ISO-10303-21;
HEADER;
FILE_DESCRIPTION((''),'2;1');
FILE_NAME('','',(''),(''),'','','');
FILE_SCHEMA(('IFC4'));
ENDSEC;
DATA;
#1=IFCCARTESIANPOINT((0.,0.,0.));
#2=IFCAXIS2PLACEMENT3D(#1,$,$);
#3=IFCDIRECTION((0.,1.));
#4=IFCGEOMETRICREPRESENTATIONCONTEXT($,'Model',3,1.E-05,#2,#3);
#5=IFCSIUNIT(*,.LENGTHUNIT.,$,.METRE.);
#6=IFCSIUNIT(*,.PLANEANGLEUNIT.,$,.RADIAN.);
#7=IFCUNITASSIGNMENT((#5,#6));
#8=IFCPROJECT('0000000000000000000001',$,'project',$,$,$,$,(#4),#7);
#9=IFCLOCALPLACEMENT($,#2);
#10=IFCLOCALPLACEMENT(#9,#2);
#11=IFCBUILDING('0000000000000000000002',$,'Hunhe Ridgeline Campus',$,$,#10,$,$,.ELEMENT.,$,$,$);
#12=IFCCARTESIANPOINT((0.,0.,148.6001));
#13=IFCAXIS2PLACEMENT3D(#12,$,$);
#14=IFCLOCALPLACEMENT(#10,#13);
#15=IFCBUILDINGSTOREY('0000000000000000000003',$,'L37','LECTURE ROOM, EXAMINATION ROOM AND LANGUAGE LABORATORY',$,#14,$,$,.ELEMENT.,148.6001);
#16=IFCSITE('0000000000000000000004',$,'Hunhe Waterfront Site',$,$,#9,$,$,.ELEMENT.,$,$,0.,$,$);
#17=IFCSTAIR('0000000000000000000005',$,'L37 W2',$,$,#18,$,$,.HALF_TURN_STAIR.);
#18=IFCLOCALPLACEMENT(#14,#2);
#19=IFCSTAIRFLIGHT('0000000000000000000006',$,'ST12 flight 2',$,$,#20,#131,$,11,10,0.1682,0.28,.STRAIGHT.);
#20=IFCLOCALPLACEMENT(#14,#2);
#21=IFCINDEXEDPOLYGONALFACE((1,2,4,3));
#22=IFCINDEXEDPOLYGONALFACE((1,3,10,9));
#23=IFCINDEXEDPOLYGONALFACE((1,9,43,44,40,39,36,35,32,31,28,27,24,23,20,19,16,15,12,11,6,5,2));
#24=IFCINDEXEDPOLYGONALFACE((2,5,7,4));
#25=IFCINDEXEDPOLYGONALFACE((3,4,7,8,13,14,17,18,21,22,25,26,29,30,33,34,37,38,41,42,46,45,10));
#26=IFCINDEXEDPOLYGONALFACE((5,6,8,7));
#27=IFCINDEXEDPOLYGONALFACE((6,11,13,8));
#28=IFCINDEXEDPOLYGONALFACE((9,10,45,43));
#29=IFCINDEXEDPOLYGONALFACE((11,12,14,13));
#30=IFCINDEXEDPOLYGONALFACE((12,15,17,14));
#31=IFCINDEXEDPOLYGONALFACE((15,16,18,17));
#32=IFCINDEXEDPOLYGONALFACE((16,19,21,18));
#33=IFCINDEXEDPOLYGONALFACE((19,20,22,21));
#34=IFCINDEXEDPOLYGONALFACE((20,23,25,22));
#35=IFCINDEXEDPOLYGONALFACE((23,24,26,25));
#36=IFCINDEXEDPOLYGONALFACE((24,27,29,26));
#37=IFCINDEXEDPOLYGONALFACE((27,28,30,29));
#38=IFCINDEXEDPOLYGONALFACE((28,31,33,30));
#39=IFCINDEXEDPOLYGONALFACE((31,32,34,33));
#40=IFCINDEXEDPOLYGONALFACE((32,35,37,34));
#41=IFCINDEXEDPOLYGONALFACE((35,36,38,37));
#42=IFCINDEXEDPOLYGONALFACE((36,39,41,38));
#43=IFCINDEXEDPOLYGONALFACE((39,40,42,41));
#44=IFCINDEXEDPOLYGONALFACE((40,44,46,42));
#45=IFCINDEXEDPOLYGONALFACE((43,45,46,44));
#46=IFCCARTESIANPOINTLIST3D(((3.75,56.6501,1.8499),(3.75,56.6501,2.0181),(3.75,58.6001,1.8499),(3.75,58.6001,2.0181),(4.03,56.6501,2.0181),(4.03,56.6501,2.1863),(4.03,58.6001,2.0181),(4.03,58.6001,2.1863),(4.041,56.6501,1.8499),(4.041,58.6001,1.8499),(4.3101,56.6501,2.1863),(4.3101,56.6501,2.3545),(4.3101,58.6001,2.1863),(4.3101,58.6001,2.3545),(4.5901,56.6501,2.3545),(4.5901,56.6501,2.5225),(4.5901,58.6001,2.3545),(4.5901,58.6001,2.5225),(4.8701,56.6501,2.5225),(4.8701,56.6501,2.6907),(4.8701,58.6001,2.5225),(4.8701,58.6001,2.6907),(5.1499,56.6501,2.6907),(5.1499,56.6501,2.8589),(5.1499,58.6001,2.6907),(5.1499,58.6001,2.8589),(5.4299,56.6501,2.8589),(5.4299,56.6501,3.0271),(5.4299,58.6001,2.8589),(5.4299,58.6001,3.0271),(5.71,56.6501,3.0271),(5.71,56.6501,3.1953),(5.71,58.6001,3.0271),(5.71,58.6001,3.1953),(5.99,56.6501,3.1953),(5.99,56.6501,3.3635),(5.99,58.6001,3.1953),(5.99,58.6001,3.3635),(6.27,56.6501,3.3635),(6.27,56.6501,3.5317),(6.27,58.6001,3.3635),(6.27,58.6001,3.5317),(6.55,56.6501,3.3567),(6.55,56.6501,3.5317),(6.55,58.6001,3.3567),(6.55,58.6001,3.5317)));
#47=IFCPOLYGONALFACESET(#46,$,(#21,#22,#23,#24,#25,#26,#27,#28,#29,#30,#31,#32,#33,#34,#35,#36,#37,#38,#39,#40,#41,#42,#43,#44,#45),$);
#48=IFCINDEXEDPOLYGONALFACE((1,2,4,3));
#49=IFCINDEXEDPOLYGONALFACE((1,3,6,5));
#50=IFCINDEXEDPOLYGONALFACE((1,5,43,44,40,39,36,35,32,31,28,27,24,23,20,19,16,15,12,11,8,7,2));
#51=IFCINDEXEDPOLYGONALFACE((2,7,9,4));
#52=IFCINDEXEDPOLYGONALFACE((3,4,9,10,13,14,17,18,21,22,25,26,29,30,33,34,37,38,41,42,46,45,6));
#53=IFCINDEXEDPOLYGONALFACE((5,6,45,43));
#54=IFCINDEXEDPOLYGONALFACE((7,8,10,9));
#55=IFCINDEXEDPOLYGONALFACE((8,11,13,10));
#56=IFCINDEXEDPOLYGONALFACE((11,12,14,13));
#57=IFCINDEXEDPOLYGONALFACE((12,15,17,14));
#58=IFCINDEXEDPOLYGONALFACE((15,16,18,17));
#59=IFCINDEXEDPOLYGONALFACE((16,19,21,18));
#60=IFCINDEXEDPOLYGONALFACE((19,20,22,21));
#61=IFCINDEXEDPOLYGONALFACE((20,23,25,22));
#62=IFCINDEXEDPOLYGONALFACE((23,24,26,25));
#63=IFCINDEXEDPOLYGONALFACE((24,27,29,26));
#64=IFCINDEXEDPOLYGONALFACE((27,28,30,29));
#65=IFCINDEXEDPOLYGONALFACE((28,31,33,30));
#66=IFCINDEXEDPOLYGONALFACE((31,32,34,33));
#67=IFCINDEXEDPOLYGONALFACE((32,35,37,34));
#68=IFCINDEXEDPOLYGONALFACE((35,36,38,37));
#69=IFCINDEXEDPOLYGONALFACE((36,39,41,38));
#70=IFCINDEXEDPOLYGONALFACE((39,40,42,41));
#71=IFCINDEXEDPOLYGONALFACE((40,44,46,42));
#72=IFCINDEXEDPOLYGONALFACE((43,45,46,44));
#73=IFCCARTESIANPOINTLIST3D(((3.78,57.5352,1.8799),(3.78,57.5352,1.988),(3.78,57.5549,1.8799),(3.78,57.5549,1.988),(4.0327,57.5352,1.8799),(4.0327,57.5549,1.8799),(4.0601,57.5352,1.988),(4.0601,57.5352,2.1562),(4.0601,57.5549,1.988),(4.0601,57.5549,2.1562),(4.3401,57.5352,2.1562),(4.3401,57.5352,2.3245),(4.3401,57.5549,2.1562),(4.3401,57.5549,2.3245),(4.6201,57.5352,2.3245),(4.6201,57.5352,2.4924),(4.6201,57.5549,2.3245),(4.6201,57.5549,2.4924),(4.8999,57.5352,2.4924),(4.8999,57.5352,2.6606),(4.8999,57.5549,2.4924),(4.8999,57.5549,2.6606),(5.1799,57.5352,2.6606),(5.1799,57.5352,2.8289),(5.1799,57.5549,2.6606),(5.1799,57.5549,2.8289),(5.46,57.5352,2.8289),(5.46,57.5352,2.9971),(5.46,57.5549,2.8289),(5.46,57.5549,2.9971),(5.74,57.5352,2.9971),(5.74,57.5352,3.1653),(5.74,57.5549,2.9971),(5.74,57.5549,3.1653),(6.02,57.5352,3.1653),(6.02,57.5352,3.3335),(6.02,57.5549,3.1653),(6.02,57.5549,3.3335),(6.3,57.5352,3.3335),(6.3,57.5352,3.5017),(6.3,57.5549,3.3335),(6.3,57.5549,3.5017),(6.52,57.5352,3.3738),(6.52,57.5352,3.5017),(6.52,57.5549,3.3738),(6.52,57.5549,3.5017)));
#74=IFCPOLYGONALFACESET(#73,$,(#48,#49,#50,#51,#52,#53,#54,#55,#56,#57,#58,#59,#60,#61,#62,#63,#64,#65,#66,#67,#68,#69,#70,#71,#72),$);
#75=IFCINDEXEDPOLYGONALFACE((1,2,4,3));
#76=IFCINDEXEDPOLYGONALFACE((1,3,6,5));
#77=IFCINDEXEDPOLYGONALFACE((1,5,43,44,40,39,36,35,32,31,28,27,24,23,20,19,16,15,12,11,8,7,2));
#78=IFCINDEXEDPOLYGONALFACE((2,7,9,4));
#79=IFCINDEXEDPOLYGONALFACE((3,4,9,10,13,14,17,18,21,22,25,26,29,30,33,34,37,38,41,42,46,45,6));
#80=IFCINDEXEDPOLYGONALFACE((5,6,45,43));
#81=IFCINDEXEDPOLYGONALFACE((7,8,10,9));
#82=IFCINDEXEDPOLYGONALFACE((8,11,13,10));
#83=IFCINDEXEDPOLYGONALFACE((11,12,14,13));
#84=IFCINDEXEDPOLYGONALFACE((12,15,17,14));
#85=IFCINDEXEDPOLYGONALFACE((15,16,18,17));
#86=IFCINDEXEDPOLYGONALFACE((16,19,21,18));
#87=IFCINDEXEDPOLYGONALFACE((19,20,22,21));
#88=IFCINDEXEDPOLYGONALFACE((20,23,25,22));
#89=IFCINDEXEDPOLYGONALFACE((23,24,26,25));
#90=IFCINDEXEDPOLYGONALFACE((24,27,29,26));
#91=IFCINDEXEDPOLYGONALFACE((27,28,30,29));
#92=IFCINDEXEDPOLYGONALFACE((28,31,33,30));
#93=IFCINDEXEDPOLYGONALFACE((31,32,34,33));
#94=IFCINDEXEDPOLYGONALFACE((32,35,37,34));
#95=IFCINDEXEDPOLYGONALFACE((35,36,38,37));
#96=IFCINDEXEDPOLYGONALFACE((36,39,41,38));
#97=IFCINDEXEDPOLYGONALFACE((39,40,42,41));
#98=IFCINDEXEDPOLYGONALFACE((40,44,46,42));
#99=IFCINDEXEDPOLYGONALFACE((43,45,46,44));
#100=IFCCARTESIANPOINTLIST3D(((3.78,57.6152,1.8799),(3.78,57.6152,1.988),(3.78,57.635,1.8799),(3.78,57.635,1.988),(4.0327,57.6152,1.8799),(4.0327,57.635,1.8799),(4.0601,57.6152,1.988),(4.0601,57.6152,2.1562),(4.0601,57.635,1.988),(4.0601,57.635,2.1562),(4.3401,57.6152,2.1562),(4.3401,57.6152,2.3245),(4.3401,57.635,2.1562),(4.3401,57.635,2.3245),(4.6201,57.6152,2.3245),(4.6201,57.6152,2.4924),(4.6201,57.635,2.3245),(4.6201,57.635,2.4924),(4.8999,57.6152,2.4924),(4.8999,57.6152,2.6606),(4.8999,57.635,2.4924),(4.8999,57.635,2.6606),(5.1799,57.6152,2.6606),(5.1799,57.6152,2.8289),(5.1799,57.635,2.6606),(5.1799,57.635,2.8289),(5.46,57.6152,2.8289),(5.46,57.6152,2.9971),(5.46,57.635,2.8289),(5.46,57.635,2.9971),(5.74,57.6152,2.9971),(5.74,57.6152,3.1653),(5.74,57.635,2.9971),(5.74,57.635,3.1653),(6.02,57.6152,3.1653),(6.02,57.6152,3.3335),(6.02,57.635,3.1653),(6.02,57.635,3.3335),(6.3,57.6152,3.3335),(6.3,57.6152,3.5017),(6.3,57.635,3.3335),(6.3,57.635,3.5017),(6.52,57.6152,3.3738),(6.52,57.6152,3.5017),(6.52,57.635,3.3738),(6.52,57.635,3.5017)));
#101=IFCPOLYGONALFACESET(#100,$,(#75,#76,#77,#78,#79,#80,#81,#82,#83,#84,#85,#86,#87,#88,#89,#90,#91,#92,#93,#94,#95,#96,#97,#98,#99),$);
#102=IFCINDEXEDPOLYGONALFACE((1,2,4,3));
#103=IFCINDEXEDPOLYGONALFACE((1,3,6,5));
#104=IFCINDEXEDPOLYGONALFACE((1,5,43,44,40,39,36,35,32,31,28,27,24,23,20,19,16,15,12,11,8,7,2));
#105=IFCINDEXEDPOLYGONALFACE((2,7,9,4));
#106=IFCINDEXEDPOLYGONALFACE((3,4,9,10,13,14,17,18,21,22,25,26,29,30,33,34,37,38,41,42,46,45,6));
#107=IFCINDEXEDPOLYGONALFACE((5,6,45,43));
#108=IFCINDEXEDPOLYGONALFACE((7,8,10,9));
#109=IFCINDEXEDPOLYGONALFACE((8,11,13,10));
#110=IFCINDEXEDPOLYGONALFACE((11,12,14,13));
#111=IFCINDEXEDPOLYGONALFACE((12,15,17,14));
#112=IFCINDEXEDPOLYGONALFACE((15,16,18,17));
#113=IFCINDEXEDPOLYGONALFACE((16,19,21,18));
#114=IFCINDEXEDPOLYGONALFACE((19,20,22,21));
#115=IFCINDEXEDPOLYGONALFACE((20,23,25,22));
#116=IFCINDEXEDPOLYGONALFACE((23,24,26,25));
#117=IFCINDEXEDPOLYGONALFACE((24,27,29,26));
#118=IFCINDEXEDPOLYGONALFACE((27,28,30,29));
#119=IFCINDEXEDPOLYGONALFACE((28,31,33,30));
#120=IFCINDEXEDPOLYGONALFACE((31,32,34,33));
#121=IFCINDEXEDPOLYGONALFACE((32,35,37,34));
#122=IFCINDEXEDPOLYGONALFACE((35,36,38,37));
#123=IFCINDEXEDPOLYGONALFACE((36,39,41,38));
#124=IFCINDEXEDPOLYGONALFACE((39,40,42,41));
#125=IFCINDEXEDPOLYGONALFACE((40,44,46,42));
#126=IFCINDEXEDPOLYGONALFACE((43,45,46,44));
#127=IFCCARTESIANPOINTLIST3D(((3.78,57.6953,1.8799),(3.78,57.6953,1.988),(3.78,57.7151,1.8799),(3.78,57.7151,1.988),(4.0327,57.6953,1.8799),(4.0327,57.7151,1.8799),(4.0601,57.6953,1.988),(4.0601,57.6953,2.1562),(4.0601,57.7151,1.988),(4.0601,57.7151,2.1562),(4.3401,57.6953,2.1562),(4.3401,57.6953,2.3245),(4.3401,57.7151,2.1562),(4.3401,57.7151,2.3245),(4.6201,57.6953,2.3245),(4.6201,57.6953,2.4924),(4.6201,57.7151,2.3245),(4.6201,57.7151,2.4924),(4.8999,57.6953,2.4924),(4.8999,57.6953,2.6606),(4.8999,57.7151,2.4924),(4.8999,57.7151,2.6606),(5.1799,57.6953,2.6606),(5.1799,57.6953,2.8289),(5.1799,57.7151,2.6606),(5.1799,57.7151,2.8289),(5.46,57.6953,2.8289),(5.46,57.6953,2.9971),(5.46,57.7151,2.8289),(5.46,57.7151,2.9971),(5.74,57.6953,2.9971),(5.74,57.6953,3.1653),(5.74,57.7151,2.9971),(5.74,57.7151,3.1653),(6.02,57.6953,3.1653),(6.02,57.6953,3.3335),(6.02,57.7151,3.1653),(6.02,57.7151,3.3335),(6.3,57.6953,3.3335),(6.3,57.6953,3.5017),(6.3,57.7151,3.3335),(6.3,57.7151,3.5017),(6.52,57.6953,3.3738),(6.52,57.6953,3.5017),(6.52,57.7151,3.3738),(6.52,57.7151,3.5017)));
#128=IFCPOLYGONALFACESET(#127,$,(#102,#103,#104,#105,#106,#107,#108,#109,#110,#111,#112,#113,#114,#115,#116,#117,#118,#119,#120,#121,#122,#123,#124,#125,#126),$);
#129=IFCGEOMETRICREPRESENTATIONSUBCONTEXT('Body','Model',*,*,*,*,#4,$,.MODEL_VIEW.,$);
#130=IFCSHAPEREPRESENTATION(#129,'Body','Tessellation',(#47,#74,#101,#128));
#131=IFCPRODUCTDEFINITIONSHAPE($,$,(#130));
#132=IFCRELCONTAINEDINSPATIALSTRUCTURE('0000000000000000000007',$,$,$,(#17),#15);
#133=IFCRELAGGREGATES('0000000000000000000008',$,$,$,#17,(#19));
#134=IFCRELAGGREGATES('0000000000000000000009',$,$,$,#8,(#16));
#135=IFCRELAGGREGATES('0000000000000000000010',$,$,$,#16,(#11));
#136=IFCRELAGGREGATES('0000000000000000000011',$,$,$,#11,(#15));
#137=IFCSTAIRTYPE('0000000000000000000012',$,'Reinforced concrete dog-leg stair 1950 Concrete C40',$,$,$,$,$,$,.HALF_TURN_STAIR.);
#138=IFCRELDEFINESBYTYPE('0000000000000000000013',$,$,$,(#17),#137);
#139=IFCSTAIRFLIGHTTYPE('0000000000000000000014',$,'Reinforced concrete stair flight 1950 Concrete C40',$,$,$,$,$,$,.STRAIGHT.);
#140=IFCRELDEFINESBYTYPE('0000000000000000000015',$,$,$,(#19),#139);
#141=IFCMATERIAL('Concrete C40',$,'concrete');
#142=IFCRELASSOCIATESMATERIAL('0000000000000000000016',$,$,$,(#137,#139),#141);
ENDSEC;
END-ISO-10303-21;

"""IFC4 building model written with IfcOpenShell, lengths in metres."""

from ifc_helpers import new_model, si_unit, direction, frame, origin, place, context, subcontext, project, spatial, polyline, outline, extrude, material, type_object, element, aggregate, save


model = new_model("IFC4")

# Units and contexts
model_context = context("Model", 3, precision=1e-05, world=origin(), true_north=direction((0.0, 1.0)))
body_context = subcontext(model_context, "Body", "Model", "MODEL_VIEW")
ifc_project = project(units=[si_unit("LENGTHUNIT", "METRE"), si_unit("PLANEANGLEUNIT", "RADIAN")], contexts=[model_context])

# Site, building, storey
site_placement = place(None, origin())
site = spatial("IfcSite", under=ifc_project, at=site_placement, Name="Hunhe Waterfront Site", CompositionType="ELEMENT", RefElevation=0.0)
building_placement = place(site_placement, origin())
building = spatial("IfcBuilding", under=site, at=building_placement, Name="Hunhe Ridgeline Campus", CompositionType="ELEMENT")
storey_placement = place(building_placement, frame((0.0, 0.0, 148.6001)))
storey = spatial("IfcBuildingStorey", under=building, at=storey_placement, Name="L37", Description="LECTURE ROOM, EXAMINATION ROOM AND LANGUAGE LABORATORY", CompositionType="ELEMENT", Elevation=148.6001)

# Stair, stair flight
ifc_material_1 = material(Name="Concrete C40", Category="concrete")
stair_type = type_object("IfcStairType", Name="Reinforced concrete dog-leg stair 1950 Concrete C40", PredefinedType="HALF_TURN_STAIR", material=ifc_material_1)
stair_flight_type = type_object("IfcStairFlightType", Name="Reinforced concrete stair flight 1950 Concrete C40", PredefinedType="STRAIGHT", material=ifc_material_1)
stair_1_placement = place(storey_placement, origin())
stair_1 = element("IfcStair", 1, at=stair_1_placement, inside=storey, type_object=stair_type, Name="L37 W2", PredefinedType="HALF_TURN_STAIR")
stair_flight_1_placement = place(storey_placement, frame((3.75, 57.625, 1.8499), z_axis=(0.0, 0.0, 1.0), x_axis=(1.0, 0.0, 0.0)))
stair_flight_1 = element("IfcStairFlight", 2, at=stair_flight_1_placement, type_object=stair_flight_type, Name="ST12 flight 2", NumberOfRisers=11, NumberOfTreads=10, PredefinedType="STRAIGHT", RiserHeight=0.1682, TreadLength=0.28, context=body_context, shape_type="SweptSolid", body=[
    extrude(outline(polyline([(0.0, 0.0), (0.0, 0.1682), (0.28, 0.1682), (0.28, 0.3364), (0.5601, 0.3364), (0.5601, 0.5046), (0.8401, 0.5046), (0.8401, 0.6726), (1.1201, 0.6726), (1.1201, 0.8408), (1.3999, 0.8408), (1.3999, 1.009), (1.6799, 1.009), (1.6799, 1.1772), (1.96, 1.1772), (1.96, 1.3455), (2.24, 1.3455), (2.24, 1.5137), (2.52, 1.5137), (2.52, 1.6819), (2.8, 1.6819), (2.8, 1.8501), (2.8, 1.5068), (0.291, 0.0), (0.0, 0.0)])), frame((0.0, 0.9751, 0.0), z_axis=(0.0, -1.0, 0.0), x_axis=(1.0, 0.0, 0.0)), (0.0, 0.0, 1.0), 1.95),
    extrude(outline(polyline([(0.03, 0.03), (0.03, 0.1382), (0.3101, 0.1382), (0.3101, 0.3064), (0.5901, 0.3064), (0.5901, 0.4746), (0.8701, 0.4746), (0.8701, 0.6426), (1.1499, 0.6426), (1.1499, 0.8108), (1.4299, 0.8108), (1.4299, 0.979), (1.71, 0.979), (1.71, 1.1472), (1.99, 1.1472), (1.99, 1.3154), (2.27, 1.3154), (2.27, 1.4836), (2.55, 1.4836), (2.55, 1.6519), (2.77, 1.6519), (2.77, 1.5239), (0.2827, 0.03), (0.03, 0.03)])), frame((0.0, -0.0701, 0.0), z_axis=(0.0, -1.0, 0.0), x_axis=(1.0, 0.0, 0.0)), (0.0, 0.0, 1.0), 0.0198),
    extrude(outline(polyline([(0.03, 0.03), (0.03, 0.1382), (0.3101, 0.1382), (0.3101, 0.3064), (0.5901, 0.3064), (0.5901, 0.4746), (0.8701, 0.4746), (0.8701, 0.6426), (1.1499, 0.6426), (1.1499, 0.8108), (1.4299, 0.8108), (1.4299, 0.979), (1.71, 0.979), (1.71, 1.1472), (1.99, 1.1472), (1.99, 1.3154), (2.27, 1.3154), (2.27, 1.4836), (2.55, 1.4836), (2.55, 1.6519), (2.77, 1.6519), (2.77, 1.5239), (0.2827, 0.03), (0.03, 0.03)])), frame((0.0, 0.01, 0.0), z_axis=(0.0, -1.0, 0.0), x_axis=(1.0, 0.0, 0.0)), (0.0, 0.0, 1.0), 0.0198),
    extrude(outline(polyline([(0.03, 0.03), (0.03, 0.1382), (0.3101, 0.1382), (0.3101, 0.3064), (0.5901, 0.3064), (0.5901, 0.4746), (0.8701, 0.4746), (0.8701, 0.6426), (1.1499, 0.6426), (1.1499, 0.8108), (1.4299, 0.8108), (1.4299, 0.979), (1.71, 0.979), (1.71, 1.1472), (1.99, 1.1472), (1.99, 1.3154), (2.27, 1.3154), (2.27, 1.4836), (2.55, 1.4836), (2.55, 1.6519), (2.77, 1.6519), (2.77, 1.5239), (0.2827, 0.03), (0.03, 0.03)])), frame((0.0, 0.0901, 0.0), z_axis=(0.0, -1.0, 0.0), x_axis=(1.0, 0.0, 0.0)), (0.0, 0.0, 1.0), 0.0198),
])
aggregate(stair_1, [stair_flight_1])

save(model, "model.ifc")
